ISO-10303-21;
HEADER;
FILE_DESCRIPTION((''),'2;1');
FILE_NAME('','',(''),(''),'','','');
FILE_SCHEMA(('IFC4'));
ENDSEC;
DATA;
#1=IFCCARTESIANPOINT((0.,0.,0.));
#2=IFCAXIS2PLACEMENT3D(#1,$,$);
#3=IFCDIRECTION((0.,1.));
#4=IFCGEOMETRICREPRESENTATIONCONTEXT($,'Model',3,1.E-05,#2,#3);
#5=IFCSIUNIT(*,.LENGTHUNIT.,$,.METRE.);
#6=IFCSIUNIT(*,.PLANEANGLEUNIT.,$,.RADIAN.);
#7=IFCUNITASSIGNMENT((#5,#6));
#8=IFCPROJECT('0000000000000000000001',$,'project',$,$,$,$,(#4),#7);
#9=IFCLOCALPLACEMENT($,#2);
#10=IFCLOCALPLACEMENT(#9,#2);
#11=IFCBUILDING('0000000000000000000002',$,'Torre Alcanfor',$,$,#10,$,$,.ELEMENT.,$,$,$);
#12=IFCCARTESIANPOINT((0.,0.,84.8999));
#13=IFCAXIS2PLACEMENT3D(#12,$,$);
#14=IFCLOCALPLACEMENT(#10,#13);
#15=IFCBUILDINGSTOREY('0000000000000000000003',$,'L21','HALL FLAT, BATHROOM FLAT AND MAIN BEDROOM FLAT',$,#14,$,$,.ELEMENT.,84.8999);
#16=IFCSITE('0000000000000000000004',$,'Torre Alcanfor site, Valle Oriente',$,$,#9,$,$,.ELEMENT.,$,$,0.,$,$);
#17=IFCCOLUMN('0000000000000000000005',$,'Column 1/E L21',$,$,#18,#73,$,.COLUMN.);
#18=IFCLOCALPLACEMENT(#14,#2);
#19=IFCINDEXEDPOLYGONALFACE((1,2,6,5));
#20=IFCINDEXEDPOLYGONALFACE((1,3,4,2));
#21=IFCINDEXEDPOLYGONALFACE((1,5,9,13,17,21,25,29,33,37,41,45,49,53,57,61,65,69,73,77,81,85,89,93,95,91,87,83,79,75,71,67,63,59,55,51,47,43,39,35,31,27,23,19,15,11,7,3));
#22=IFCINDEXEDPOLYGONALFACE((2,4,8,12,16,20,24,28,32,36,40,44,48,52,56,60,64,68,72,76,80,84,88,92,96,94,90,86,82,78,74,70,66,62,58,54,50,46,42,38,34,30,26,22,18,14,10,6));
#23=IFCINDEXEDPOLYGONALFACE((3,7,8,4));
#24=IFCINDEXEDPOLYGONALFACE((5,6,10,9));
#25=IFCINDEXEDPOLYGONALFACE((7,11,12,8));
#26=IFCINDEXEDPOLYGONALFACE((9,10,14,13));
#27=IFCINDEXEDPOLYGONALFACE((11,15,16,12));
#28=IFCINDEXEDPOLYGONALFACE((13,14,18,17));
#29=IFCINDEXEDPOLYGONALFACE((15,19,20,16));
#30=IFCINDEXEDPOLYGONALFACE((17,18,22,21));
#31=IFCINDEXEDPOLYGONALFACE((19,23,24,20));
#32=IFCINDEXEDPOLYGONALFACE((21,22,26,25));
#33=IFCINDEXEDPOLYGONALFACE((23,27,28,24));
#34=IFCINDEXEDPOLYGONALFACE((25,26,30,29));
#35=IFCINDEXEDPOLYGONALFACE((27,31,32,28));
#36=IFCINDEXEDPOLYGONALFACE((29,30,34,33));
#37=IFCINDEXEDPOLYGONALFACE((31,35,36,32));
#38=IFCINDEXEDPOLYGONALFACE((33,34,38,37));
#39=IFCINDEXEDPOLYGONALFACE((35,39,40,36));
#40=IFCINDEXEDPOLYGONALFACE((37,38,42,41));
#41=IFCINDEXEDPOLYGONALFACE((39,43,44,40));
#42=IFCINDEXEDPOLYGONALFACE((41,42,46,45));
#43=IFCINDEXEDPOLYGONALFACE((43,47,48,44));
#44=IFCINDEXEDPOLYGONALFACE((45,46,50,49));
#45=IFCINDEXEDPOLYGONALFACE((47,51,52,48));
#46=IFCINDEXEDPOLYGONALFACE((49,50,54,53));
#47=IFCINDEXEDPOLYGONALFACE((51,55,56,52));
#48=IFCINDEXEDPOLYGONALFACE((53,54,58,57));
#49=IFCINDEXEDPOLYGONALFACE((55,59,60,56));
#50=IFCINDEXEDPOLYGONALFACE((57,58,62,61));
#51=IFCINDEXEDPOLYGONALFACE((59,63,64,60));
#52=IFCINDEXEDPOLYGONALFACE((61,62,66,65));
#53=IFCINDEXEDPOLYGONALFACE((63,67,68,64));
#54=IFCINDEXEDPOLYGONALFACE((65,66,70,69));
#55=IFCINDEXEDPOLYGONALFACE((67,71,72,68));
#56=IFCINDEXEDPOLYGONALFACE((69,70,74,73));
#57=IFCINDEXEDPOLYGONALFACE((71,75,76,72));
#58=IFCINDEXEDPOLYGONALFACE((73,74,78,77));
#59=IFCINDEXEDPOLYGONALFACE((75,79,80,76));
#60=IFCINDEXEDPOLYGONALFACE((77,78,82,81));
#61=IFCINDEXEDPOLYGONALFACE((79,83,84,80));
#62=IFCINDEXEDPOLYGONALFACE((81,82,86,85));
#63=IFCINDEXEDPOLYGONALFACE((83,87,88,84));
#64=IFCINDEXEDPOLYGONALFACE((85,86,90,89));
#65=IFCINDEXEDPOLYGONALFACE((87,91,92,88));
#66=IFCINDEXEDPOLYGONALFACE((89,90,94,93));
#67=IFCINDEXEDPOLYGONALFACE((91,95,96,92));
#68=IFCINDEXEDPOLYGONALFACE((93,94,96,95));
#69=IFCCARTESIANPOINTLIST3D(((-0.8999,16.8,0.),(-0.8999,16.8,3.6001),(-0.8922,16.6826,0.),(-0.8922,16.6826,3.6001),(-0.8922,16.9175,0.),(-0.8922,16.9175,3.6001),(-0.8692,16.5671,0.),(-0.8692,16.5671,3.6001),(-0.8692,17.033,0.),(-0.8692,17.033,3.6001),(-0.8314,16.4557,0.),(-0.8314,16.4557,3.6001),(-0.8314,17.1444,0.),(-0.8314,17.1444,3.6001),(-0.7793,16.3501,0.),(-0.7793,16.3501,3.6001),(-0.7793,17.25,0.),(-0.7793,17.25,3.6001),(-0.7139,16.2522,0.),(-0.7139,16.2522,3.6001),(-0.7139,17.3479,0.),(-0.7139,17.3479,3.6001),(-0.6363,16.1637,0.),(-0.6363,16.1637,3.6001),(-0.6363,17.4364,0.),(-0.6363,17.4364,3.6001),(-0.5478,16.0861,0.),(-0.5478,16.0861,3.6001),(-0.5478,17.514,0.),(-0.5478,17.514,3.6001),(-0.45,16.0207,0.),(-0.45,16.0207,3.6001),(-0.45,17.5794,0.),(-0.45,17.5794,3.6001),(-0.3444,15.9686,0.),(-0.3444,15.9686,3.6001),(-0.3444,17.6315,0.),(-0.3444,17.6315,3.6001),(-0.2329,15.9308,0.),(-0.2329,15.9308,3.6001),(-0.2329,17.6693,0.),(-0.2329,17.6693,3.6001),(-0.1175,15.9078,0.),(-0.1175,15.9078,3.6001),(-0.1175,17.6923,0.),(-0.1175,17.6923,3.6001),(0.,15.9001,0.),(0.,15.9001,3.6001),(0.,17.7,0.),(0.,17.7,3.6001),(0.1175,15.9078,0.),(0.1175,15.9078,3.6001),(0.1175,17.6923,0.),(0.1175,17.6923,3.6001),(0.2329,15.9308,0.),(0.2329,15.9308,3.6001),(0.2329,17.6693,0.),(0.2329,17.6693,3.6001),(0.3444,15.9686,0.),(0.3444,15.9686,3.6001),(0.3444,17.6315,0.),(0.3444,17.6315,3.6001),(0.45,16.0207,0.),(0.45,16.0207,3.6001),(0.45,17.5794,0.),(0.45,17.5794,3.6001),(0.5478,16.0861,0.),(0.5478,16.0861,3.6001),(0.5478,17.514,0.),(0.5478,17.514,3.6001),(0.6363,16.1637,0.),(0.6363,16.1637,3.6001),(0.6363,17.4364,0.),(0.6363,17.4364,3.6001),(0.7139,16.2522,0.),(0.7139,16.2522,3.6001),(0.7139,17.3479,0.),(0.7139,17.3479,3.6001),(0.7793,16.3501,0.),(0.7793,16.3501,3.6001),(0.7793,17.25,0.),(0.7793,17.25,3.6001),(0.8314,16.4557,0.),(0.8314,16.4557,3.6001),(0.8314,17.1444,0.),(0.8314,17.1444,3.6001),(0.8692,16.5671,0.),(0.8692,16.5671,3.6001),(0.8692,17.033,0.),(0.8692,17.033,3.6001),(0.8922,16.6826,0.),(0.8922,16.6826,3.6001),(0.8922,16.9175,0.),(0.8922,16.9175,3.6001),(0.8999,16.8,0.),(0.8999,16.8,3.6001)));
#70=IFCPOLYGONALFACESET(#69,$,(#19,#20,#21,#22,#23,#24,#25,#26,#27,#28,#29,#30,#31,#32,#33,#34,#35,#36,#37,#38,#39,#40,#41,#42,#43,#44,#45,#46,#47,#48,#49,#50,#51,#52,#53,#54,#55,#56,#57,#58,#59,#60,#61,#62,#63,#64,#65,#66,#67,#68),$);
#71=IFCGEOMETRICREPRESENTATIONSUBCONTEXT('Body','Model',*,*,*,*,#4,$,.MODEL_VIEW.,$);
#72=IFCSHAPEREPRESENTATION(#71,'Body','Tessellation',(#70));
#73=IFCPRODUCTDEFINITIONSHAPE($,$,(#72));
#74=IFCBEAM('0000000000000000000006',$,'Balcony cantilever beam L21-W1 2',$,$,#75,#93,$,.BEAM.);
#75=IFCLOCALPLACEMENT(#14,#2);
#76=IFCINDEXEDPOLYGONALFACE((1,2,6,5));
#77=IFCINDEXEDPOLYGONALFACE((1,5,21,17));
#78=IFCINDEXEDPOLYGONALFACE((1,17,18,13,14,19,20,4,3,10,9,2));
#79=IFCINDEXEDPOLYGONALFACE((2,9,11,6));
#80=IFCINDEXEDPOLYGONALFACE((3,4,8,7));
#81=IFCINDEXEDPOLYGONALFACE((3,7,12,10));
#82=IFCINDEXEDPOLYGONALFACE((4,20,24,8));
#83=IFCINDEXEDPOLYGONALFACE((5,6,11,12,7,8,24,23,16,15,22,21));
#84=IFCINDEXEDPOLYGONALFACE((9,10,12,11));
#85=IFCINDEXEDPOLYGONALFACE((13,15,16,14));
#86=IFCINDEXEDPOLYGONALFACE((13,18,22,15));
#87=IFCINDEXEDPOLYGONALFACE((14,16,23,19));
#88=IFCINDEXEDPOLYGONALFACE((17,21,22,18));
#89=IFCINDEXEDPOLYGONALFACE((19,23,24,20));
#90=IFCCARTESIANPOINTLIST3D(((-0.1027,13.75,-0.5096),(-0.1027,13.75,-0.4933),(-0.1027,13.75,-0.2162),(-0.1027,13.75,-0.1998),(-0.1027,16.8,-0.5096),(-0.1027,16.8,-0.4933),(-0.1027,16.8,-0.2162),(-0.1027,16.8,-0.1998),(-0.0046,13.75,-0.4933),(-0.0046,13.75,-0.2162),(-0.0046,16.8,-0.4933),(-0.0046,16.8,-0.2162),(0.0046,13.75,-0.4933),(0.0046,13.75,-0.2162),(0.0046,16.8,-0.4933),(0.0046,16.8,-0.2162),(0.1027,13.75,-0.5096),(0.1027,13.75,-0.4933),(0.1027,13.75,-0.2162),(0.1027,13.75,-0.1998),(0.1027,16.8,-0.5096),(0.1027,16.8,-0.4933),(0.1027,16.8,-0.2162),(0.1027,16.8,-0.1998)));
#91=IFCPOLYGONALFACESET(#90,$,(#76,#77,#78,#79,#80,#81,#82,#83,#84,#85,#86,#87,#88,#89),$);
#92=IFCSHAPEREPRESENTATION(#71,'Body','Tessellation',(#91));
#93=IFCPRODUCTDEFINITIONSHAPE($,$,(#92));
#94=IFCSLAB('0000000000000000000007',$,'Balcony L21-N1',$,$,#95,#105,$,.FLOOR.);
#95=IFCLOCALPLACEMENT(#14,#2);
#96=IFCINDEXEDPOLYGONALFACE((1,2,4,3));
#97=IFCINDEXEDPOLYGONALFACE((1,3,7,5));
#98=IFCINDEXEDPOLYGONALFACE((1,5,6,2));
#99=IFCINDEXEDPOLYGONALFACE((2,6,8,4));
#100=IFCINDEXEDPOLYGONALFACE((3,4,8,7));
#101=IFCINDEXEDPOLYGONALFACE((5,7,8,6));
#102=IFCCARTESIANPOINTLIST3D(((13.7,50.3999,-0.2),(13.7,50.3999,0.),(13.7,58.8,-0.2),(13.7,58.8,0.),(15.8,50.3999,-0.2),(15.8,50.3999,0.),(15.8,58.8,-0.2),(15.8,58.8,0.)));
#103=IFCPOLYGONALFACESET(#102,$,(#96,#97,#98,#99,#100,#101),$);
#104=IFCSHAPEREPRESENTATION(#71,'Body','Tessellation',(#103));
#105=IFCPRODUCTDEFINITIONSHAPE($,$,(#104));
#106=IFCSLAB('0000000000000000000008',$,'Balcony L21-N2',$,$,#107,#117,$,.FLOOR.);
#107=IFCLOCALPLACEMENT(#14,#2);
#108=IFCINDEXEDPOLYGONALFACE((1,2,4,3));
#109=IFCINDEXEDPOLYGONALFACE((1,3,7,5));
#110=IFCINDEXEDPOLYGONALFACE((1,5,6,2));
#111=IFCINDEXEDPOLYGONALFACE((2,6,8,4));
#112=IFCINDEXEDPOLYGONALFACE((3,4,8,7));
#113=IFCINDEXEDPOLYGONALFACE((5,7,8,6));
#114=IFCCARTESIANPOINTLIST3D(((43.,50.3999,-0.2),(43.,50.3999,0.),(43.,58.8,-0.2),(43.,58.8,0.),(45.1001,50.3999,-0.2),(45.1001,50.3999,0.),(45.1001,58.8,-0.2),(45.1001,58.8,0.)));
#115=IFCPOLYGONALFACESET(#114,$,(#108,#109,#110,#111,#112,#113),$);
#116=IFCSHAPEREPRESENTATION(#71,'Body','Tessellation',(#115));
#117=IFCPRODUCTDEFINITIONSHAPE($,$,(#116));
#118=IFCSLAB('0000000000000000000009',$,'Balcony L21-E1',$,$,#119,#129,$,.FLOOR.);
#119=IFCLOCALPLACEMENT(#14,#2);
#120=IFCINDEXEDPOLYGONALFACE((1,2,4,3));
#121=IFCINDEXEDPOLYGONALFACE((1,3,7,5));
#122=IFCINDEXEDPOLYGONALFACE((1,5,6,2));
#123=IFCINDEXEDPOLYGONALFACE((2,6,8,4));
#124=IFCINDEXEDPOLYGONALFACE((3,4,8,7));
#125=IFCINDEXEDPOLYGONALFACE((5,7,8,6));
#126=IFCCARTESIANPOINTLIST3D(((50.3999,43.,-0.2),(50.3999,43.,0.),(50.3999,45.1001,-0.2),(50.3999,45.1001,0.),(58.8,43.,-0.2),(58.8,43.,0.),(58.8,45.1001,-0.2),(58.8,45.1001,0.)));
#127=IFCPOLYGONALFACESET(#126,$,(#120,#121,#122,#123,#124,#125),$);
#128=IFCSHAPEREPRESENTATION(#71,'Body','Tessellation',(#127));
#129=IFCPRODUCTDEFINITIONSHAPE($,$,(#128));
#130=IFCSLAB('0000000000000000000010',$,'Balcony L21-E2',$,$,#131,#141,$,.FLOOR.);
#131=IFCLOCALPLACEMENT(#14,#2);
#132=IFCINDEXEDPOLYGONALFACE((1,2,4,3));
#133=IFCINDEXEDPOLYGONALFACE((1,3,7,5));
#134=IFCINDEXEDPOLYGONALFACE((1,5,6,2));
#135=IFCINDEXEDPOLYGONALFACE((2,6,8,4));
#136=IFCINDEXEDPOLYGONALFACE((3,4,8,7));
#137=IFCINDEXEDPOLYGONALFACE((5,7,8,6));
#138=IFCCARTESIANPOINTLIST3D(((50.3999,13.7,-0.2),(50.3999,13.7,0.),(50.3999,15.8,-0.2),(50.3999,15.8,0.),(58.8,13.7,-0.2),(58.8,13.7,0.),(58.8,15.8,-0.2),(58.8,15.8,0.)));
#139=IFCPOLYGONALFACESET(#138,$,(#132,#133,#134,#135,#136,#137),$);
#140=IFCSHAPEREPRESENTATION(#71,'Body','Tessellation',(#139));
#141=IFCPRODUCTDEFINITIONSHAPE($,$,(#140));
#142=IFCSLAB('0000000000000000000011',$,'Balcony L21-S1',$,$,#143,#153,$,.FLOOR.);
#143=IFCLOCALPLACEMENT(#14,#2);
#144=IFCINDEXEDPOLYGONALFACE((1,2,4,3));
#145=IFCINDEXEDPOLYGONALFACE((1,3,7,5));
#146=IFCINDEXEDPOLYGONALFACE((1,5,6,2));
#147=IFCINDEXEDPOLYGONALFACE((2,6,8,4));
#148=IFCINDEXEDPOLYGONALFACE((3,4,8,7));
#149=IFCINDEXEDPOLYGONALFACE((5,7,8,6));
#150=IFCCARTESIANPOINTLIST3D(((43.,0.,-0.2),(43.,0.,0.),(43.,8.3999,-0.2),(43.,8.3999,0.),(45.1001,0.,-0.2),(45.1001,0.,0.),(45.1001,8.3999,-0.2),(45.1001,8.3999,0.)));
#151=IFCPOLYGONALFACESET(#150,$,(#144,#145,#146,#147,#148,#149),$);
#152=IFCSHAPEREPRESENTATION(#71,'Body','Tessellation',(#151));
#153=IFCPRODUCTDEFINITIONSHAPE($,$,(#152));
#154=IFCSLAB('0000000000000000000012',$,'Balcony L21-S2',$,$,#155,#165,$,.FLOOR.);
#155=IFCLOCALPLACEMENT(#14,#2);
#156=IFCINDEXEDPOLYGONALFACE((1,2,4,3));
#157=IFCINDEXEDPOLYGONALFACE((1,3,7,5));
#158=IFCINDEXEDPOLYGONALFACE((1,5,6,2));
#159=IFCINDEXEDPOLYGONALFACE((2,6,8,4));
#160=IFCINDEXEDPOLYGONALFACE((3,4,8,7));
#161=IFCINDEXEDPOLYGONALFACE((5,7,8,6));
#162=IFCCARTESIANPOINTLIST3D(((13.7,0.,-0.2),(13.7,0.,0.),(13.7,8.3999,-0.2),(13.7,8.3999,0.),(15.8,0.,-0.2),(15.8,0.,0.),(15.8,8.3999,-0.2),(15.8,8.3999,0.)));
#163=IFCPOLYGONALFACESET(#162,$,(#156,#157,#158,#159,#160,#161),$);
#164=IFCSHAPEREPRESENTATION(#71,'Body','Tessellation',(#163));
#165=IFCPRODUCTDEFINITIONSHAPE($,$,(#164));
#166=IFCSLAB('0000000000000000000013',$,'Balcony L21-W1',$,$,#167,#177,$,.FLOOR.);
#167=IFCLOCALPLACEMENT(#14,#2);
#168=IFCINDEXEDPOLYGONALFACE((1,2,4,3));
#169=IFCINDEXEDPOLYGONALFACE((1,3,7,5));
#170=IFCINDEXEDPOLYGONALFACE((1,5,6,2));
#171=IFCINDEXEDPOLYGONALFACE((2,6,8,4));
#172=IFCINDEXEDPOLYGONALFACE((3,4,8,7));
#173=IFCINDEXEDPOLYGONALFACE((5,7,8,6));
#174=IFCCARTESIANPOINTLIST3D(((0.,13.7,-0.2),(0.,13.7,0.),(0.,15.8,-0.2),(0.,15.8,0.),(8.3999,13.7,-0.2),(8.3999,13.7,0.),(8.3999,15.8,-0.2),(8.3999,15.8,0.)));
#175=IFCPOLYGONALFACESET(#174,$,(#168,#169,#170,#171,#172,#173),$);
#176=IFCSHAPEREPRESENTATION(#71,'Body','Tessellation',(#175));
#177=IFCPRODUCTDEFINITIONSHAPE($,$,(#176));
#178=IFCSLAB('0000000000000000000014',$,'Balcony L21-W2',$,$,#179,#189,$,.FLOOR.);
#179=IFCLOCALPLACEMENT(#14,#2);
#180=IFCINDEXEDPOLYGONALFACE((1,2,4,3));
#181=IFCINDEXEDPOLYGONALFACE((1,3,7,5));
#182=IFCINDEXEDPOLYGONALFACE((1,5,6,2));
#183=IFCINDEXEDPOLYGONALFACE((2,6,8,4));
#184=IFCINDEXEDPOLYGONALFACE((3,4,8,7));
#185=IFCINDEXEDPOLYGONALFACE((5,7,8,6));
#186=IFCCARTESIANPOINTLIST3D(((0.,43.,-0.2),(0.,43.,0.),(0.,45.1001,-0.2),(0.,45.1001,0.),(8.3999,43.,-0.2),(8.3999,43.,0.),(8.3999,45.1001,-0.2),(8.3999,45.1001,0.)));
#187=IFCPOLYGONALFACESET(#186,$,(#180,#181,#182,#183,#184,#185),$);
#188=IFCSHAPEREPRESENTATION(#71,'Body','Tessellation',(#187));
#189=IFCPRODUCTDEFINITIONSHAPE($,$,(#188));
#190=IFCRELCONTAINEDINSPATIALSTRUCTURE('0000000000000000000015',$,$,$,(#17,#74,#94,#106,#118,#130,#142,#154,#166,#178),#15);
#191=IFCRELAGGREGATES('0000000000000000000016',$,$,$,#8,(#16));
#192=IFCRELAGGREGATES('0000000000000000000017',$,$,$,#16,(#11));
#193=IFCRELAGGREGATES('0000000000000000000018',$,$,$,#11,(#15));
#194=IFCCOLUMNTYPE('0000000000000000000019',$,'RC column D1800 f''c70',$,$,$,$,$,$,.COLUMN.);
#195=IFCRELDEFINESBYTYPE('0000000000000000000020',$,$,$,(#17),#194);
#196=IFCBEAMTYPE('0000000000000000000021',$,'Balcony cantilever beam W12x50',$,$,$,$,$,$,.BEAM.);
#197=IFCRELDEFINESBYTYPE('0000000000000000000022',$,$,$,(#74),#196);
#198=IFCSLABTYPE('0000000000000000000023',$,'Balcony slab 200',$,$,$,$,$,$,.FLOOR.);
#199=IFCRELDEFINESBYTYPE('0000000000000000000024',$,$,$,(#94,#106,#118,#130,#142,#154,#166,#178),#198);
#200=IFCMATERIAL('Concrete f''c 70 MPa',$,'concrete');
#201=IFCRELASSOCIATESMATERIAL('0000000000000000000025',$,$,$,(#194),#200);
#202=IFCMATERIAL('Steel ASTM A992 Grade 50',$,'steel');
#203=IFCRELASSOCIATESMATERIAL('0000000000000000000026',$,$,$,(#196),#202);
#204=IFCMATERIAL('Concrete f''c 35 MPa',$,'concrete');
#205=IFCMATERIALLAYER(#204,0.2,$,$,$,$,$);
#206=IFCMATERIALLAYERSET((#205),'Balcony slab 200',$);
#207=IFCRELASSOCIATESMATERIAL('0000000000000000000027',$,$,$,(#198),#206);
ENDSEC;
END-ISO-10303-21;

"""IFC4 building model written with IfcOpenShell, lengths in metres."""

from ifc_helpers import new_model, si_unit, direction, frame, origin, origin_2d, place, context, subcontext, project, spatial, polyline, circle, i_section, outline, extrude, material, layer, layer_set, material_profile, profile_set, type_object, element, save


model = new_model("IFC4")

# Units and contexts
model_context = context("Model", 3, precision=1e-05, world=origin(), true_north=direction((0.0, 1.0)))
body_context = subcontext(model_context, "Body", "Model", "MODEL_VIEW")
ifc_project = project(units=[si_unit("LENGTHUNIT", "METRE"), si_unit("PLANEANGLEUNIT", "RADIAN")], contexts=[model_context])

# Site, building, storey
site_placement = place(None, origin())
site = spatial("IfcSite", under=ifc_project, at=site_placement, Name="Torre Alcanfor site, Valle Oriente", CompositionType="ELEMENT", RefElevation=0.0)
building_placement = place(site_placement, origin())
building = spatial("IfcBuilding", under=site, at=building_placement, Name="Torre Alcanfor", CompositionType="ELEMENT")
storey_placement = place(building_placement, frame((0.0, 0.0, 84.8999)))
storey = spatial("IfcBuildingStorey", under=building, at=storey_placement, Name="L21", Description="HALL FLAT, BATHROOM FLAT AND MAIN BEDROOM FLAT", CompositionType="ELEMENT", Elevation=84.8999)

# Column
ifc_material_1 = material(Name="Concrete f'c 70 MPa", Category="concrete")
ifc_material_profile_1 = material_profile(ifc_material_1, circle(Radius=0.8999, at=origin_2d()), Name="D1800")
ifc_profile_set_1 = profile_set([ifc_material_profile_1], Name="Concrete f'c 70 MPa")
column_type = type_object("IfcColumnType", Name="RC column D1800 f'c70", PredefinedType="COLUMN", material=ifc_profile_set_1)
column_placement = place(storey_placement, frame((0.0, 16.8, 0.0), z_axis=(0.0, 0.0, 1.0), x_axis=(1.0, 0.0, 0.0)))
element("IfcColumn", 1, at=column_placement, inside=storey, type_object=column_type, Name="Column 1/E L21", PredefinedType="COLUMN", context=body_context, shape_type="SweptSolid", body=[
    extrude(circle(Radius=0.8999, at=origin_2d()), origin(), (0.0, 0.0, 1.0), 3.6001),
])

# Beam
ifc_material_2 = material(Name="Steel ASTM A992 Grade 50", Category="steel")
ifc_material_profile_2 = material_profile(ifc_material_2, i_section(OverallWidth=0.2053, OverallDepth=0.3098, WebThickness=0.0093, FlangeThickness=0.0164, at=origin_2d()), Name="W12x50")
ifc_profile_set_2 = profile_set([ifc_material_profile_2], Name="Steel ASTM A992 Grade 50")
beam_type = type_object("IfcBeamType", Name="Balcony cantilever beam W12x50", PredefinedType="BEAM", material=ifc_profile_set_2)
beam_placement = place(storey_placement, frame((0.0, 16.8, -0.3547), z_axis=(0.0, -1.0, 0.0), x_axis=(1.0, 0.0, 0.0)))
element("IfcBeam", 2, at=beam_placement, inside=storey, type_object=beam_type, Name="Balcony cantilever beam L21-W1 2", PredefinedType="BEAM", context=body_context, shape_type="SweptSolid", body=[
    extrude(i_section(OverallWidth=0.2053, OverallDepth=0.3098, WebThickness=0.0093, FlangeThickness=0.0164, at=origin_2d()), origin(), (0.0, 0.0, 1.0), 3.05),
])

# Slabs
ifc_material_3 = material(Name="Concrete f'c 35 MPa", Category="concrete")
ifc_layer_1 = layer(ifc_material_3, 0.2)
ifc_layer_set_1 = layer_set([ifc_layer_1], Name="Balcony slab 200")
slab_type_1 = type_object("IfcSlabType", Name="Balcony slab 200", PredefinedType="FLOOR", material=ifc_layer_set_1)
slab_1_placement = place(storey_placement, frame((0.0, 0.0, -0.2)))
element("IfcSlab", 3, at=slab_1_placement, inside=storey, type_object=slab_type_1, Name="Balcony L21-N1", PredefinedType="FLOOR", context=body_context, shape_type="SweptSolid", body=[
    extrude(outline(polyline([(15.8, 50.3999), (15.8, 58.8), (13.7, 58.8), (13.7, 50.3999), (15.8, 50.3999)])), origin(), (0.0, 0.0, 1.0), 0.2),
])
slab_2_placement = place(storey_placement, frame((0.0, 0.0, -0.2)))
element("IfcSlab", 4, at=slab_2_placement, inside=storey, type_object=slab_type_1, Name="Balcony L21-N2", PredefinedType="FLOOR", context=body_context, shape_type="SweptSolid", body=[
    extrude(outline(polyline([(45.1001, 50.3999), (45.1001, 58.8), (43.0, 58.8), (43.0, 50.3999), (45.1001, 50.3999)])), origin(), (0.0, 0.0, 1.0), 0.2),
])
slab_3_placement = place(storey_placement, frame((0.0, 0.0, -0.2)))
element("IfcSlab", 5, at=slab_3_placement, inside=storey, type_object=slab_type_1, Name="Balcony L21-E1", PredefinedType="FLOOR", context=body_context, shape_type="SweptSolid", body=[
    extrude(outline(polyline([(50.3999, 43.0), (58.8, 43.0), (58.8, 45.1001), (50.3999, 45.1001), (50.3999, 43.0)])), origin(), (0.0, 0.0, 1.0), 0.2),
])
slab_4_placement = place(storey_placement, frame((0.0, 0.0, -0.2)))
element("IfcSlab", 6, at=slab_4_placement, inside=storey, type_object=slab_type_1, Name="Balcony L21-E2", PredefinedType="FLOOR", context=body_context, shape_type="SweptSolid", body=[
    extrude(outline(polyline([(50.3999, 13.7), (58.8, 13.7), (58.8, 15.8), (50.3999, 15.8), (50.3999, 13.7)])), origin(), (0.0, 0.0, 1.0), 0.2),
])
slab_5_placement = place(storey_placement, frame((0.0, 0.0, -0.2)))
element("IfcSlab", 7, at=slab_5_placement, inside=storey, type_object=slab_type_1, Name="Balcony L21-S1", PredefinedType="FLOOR", context=body_context, shape_type="SweptSolid", body=[
    extrude(outline(polyline([(43.0, 8.3999), (43.0, 0.0), (45.1001, 0.0), (45.1001, 8.3999), (43.0, 8.3999)])), origin(), (0.0, 0.0, 1.0), 0.2),
])
slab_6_placement = place(storey_placement, frame((0.0, 0.0, -0.2)))
element("IfcSlab", 8, at=slab_6_placement, inside=storey, type_object=slab_type_1, Name="Balcony L21-S2", PredefinedType="FLOOR", context=body_context, shape_type="SweptSolid", body=[
    extrude(outline(polyline([(13.7, 8.3999), (13.7, 0.0), (15.8, 0.0), (15.8, 8.3999), (13.7, 8.3999)])), origin(), (0.0, 0.0, 1.0), 0.2),
])
slab_7_placement = place(storey_placement, frame((0.0, 0.0, -0.2)))
element("IfcSlab", 9, at=slab_7_placement, inside=storey, type_object=slab_type_1, Name="Balcony L21-W1", PredefinedType="FLOOR", context=body_context, shape_type="SweptSolid", body=[
    extrude(outline(polyline([(8.3999, 15.8), (0.0, 15.8), (0.0, 13.7), (8.3999, 13.7), (8.3999, 15.8)])), origin(), (0.0, 0.0, 1.0), 0.2),
])
slab_8_placement = place(storey_placement, frame((0.0, 0.0, -0.2)))
element("IfcSlab", 10, at=slab_8_placement, inside=storey, type_object=slab_type_1, Name="Balcony L21-W2", PredefinedType="FLOOR", context=body_context, shape_type="SweptSolid", body=[
    extrude(outline(polyline([(8.3999, 45.1001), (0.0, 45.1001), (0.0, 43.0), (8.3999, 43.0), (8.3999, 45.1001)])), origin(), (0.0, 0.0, 1.0), 0.2),
])

save(model, "model.ifc")
